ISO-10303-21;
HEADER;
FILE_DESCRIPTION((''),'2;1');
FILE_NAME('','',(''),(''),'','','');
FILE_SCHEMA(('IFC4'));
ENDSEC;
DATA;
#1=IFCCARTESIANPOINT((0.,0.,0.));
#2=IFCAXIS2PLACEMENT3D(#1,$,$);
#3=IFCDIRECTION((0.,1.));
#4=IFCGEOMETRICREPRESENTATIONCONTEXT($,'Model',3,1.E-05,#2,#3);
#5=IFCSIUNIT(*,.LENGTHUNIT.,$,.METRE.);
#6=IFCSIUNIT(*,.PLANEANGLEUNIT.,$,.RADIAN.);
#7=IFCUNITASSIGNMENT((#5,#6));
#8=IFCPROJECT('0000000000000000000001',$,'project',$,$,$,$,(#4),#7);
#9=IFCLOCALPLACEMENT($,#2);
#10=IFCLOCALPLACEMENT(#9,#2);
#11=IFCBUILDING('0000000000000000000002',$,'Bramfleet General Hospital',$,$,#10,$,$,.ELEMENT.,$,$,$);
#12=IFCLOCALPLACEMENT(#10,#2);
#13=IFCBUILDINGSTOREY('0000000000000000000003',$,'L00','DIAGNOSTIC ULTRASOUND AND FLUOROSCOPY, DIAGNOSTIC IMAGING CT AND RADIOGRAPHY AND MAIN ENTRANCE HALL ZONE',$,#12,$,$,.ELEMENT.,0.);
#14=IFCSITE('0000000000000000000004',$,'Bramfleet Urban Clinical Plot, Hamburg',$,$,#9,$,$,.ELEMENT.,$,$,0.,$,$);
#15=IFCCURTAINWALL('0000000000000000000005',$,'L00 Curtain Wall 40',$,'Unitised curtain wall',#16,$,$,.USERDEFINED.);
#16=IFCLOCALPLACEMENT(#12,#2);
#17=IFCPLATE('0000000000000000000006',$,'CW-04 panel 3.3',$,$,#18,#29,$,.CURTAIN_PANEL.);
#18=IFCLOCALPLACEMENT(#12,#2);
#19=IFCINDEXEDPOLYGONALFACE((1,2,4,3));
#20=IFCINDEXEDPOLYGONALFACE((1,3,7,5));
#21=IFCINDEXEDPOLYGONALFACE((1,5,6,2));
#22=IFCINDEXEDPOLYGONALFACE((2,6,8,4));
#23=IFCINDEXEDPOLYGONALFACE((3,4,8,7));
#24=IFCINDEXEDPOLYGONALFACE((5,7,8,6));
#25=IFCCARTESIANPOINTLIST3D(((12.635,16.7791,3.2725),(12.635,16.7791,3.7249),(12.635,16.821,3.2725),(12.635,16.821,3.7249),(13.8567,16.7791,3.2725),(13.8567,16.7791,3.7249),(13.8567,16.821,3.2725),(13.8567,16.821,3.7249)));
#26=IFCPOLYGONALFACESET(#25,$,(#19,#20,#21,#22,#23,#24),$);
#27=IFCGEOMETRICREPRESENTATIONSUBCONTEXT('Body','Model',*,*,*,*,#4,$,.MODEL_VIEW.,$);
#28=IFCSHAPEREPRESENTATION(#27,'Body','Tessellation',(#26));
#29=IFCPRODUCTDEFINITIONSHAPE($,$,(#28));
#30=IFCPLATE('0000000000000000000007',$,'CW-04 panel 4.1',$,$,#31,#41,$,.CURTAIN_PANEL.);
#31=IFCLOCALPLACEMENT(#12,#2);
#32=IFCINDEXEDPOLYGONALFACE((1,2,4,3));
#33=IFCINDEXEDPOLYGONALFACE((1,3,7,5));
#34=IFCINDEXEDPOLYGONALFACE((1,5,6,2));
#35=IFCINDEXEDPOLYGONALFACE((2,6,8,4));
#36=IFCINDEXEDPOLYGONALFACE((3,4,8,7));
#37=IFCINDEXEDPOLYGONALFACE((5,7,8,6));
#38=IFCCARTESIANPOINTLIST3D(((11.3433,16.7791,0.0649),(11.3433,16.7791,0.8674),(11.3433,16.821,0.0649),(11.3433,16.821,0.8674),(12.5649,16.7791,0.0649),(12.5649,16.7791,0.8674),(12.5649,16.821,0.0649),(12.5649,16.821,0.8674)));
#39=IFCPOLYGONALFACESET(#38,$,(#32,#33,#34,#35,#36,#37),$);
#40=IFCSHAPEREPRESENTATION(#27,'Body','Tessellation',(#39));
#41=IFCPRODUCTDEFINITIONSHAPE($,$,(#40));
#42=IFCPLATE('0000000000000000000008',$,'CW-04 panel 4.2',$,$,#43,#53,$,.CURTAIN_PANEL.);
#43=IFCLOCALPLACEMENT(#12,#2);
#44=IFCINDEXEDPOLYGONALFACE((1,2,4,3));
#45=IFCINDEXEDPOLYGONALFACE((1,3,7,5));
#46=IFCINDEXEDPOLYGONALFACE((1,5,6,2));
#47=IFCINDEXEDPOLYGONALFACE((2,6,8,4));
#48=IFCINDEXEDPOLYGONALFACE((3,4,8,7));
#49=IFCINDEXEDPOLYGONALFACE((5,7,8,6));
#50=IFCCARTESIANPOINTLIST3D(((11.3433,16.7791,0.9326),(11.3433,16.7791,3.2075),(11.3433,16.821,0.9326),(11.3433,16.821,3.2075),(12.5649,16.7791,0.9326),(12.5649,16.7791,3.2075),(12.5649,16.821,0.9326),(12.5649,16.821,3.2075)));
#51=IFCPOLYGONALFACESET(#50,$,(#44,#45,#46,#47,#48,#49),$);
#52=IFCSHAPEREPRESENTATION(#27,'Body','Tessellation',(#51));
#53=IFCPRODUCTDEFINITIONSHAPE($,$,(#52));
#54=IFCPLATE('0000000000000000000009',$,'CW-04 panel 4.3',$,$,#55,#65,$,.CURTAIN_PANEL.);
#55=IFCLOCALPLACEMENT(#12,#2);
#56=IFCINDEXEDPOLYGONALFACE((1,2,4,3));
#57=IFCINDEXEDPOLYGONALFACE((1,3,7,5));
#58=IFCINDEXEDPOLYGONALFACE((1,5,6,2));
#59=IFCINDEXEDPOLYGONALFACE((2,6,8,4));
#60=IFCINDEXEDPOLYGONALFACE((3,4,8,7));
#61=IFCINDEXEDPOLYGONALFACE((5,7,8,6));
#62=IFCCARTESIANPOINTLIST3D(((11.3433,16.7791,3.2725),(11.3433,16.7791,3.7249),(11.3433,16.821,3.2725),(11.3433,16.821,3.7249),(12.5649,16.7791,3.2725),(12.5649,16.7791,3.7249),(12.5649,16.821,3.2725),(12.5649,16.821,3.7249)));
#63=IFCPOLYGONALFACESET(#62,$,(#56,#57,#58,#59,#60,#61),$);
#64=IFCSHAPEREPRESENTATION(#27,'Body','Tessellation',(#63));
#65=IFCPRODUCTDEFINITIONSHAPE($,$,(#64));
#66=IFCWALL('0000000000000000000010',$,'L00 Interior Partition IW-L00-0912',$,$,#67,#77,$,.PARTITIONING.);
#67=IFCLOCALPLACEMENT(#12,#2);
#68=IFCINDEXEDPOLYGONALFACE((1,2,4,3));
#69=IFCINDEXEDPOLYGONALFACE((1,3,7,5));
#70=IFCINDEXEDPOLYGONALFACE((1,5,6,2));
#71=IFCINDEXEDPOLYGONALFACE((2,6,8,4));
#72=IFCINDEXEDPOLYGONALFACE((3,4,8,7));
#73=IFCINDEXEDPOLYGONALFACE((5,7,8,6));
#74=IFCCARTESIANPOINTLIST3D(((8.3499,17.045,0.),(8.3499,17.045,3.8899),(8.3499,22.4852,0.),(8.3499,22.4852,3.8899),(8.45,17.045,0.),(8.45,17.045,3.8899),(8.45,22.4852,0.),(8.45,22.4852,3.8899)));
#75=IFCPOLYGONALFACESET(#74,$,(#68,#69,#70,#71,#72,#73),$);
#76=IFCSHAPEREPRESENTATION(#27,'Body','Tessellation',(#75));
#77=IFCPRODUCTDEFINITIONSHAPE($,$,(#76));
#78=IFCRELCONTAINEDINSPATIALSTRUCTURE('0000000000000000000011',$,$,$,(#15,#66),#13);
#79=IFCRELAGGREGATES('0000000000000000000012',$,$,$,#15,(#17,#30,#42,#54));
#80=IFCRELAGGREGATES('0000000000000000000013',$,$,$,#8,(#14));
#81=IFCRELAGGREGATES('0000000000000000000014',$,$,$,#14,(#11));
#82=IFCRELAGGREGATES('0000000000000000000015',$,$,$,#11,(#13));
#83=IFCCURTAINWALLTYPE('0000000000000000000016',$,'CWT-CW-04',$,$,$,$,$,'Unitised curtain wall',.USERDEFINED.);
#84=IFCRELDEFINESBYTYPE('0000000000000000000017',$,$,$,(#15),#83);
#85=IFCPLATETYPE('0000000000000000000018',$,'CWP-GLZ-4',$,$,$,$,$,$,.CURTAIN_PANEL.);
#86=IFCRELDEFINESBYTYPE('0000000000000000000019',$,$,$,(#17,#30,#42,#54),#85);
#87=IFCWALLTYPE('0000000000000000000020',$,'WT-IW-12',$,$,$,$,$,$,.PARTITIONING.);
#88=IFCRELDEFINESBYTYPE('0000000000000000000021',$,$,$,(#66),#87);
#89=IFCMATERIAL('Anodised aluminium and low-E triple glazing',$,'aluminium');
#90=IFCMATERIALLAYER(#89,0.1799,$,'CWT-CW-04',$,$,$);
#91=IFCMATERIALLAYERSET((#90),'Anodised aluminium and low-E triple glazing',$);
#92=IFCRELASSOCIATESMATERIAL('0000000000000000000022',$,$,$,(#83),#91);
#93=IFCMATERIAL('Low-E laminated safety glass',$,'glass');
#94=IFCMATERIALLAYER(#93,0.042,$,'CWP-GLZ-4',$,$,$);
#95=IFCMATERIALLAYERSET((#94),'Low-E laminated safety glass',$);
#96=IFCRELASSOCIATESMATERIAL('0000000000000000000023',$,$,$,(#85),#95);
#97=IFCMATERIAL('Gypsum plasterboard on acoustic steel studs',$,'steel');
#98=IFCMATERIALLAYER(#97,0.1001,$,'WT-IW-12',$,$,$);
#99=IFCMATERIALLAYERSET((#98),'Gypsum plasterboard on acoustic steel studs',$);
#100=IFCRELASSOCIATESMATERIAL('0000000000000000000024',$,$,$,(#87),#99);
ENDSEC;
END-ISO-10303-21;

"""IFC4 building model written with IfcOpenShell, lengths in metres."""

from ifc_helpers import new_model, si_unit, direction, frame, frame_2d, origin, origin_2d, place, context, subcontext, project, spatial, rectangle, extrude, material, layer, layer_set, type_object, element, aggregate, save


model = new_model("IFC4")

# Units and contexts
model_context = context("Model", 3, precision=1e-05, world=origin(), true_north=direction((0.0, 1.0)))
body_context = subcontext(model_context, "Body", "Model", "MODEL_VIEW")
ifc_project = project(units=[si_unit("LENGTHUNIT", "METRE"), si_unit("PLANEANGLEUNIT", "RADIAN")], contexts=[model_context])

# Site, building, storey
site_placement = place(None, origin())
site = spatial("IfcSite", under=ifc_project, at=site_placement, Name="Bramfleet Urban Clinical Plot, Hamburg", CompositionType="ELEMENT", RefElevation=0.0)
building_placement = place(site_placement, origin())
building = spatial("IfcBuilding", under=site, at=building_placement, Name="Bramfleet General Hospital", CompositionType="ELEMENT")
storey_placement = place(building_placement, origin())
storey = spatial("IfcBuildingStorey", under=building, at=storey_placement, Name="L00", Description="DIAGNOSTIC ULTRASOUND AND FLUOROSCOPY, DIAGNOSTIC IMAGING CT AND RADIOGRAPHY AND MAIN ENTRANCE HALL ZONE", CompositionType="ELEMENT", Elevation=0.0)

# Curtain wall, plates
ifc_material_1 = material(Name="Anodised aluminium and low-E triple glazing", Category="aluminium")
ifc_layer_1 = layer(ifc_material_1, 0.1799, Name="CWT-CW-04")
ifc_layer_set_1 = layer_set([ifc_layer_1], Name="Anodised aluminium and low-E triple glazing")
curtain_wall_type = type_object("IfcCurtainWallType", Name="CWT-CW-04", ElementType="Unitised curtain wall", PredefinedType="USERDEFINED", material=ifc_layer_set_1)
curtain_wall_placement = place(storey_placement, origin())
curtain_wall = element("IfcCurtainWall", 1, at=curtain_wall_placement, inside=storey, type_object=curtain_wall_type, Name="L00 Curtain Wall 40", ObjectType="Unitised curtain wall", PredefinedType="USERDEFINED")
ifc_material_2 = material(Name="Low-E laminated safety glass", Category="glass")
ifc_layer_2 = layer(ifc_material_2, 0.042, Name="CWP-GLZ-4")
ifc_layer_set_2 = layer_set([ifc_layer_2], Name="Low-E laminated safety glass")
plate_type = type_object("IfcPlateType", Name="CWP-GLZ-4", PredefinedType="CURTAIN_PANEL", material=ifc_layer_set_2)
plate_1_placement = place(storey_placement, frame((13.2458, 16.8, 3.2725), z_axis=(0.0, 0.0, 1.0), x_axis=(-1.0, 0.0, 0.0)))
plate_1 = element("IfcPlate", 2, at=plate_1_placement, type_object=plate_type, Name="CW-04 panel 3.3", PredefinedType="CURTAIN_PANEL", context=body_context, shape_type="SweptSolid", body=[
    extrude(rectangle(XDim=1.2217, YDim=0.042, at=origin_2d()), origin(), (0.0, 0.0, 1.0), 0.4524),
])
plate_2_placement = place(storey_placement, frame((11.9541, 16.8, 0.0649), z_axis=(0.0, 0.0, 1.0), x_axis=(-1.0, 0.0, 0.0)))
plate_2 = element("IfcPlate", 3, at=plate_2_placement, type_object=plate_type, Name="CW-04 panel 4.1", PredefinedType="CURTAIN_PANEL", context=body_context, shape_type="SweptSolid", body=[
    extrude(rectangle(XDim=1.2217, YDim=0.042, at=origin_2d()), origin(), (0.0, 0.0, 1.0), 0.8025),
])
plate_3_placement = place(storey_placement, frame((11.9541, 16.8, 0.9326), z_axis=(0.0, 0.0, 1.0), x_axis=(-1.0, 0.0, 0.0)))
plate_3 = element("IfcPlate", 4, at=plate_3_placement, type_object=plate_type, Name="CW-04 panel 4.2", PredefinedType="CURTAIN_PANEL", context=body_context, shape_type="SweptSolid", body=[
    extrude(rectangle(XDim=1.2217, YDim=0.042, at=origin_2d()), origin(), (0.0, 0.0, 1.0), 2.2749),
])
plate_4_placement = place(storey_placement, frame((11.9541, 16.8, 3.2725), z_axis=(0.0, 0.0, 1.0), x_axis=(-1.0, 0.0, 0.0)))
plate_4 = element("IfcPlate", 5, at=plate_4_placement, type_object=plate_type, Name="CW-04 panel 4.3", PredefinedType="CURTAIN_PANEL", context=body_context, shape_type="SweptSolid", body=[
    extrude(rectangle(XDim=1.2217, YDim=0.042, at=origin_2d()), origin(), (0.0, 0.0, 1.0), 0.4524),
])
aggregate(curtain_wall, [plate_1, plate_2, plate_3, plate_4])

# Wall
ifc_material_3 = material(Name="Gypsum plasterboard on acoustic steel studs", Category="steel")
ifc_layer_3 = layer(ifc_material_3, 0.1001, Name="WT-IW-12")
ifc_layer_set_3 = layer_set([ifc_layer_3], Name="Gypsum plasterboard on acoustic steel studs")
wall_type = type_object("IfcWallType", Name="WT-IW-12", PredefinedType="PARTITIONING", material=ifc_layer_set_3)
wall_placement = place(storey_placement, frame((8.3999, 17.0449, 0.0), z_axis=(0.0, 0.0, 1.0), x_axis=(0.0, 1.0, 0.0)))
element("IfcWall", 6, at=wall_placement, inside=storey, type_object=wall_type, Name="L00 Interior Partition IW-L00-0912", PredefinedType="PARTITIONING", context=body_context, shape_type="SweptSolid", body=[
    extrude(rectangle(XDim=5.4402, YDim=0.1001, at=frame_2d((2.7202, 0.0))), origin(), (0.0, 0.0, 1.0), 3.8899),
])

save(model, "model.ifc")
